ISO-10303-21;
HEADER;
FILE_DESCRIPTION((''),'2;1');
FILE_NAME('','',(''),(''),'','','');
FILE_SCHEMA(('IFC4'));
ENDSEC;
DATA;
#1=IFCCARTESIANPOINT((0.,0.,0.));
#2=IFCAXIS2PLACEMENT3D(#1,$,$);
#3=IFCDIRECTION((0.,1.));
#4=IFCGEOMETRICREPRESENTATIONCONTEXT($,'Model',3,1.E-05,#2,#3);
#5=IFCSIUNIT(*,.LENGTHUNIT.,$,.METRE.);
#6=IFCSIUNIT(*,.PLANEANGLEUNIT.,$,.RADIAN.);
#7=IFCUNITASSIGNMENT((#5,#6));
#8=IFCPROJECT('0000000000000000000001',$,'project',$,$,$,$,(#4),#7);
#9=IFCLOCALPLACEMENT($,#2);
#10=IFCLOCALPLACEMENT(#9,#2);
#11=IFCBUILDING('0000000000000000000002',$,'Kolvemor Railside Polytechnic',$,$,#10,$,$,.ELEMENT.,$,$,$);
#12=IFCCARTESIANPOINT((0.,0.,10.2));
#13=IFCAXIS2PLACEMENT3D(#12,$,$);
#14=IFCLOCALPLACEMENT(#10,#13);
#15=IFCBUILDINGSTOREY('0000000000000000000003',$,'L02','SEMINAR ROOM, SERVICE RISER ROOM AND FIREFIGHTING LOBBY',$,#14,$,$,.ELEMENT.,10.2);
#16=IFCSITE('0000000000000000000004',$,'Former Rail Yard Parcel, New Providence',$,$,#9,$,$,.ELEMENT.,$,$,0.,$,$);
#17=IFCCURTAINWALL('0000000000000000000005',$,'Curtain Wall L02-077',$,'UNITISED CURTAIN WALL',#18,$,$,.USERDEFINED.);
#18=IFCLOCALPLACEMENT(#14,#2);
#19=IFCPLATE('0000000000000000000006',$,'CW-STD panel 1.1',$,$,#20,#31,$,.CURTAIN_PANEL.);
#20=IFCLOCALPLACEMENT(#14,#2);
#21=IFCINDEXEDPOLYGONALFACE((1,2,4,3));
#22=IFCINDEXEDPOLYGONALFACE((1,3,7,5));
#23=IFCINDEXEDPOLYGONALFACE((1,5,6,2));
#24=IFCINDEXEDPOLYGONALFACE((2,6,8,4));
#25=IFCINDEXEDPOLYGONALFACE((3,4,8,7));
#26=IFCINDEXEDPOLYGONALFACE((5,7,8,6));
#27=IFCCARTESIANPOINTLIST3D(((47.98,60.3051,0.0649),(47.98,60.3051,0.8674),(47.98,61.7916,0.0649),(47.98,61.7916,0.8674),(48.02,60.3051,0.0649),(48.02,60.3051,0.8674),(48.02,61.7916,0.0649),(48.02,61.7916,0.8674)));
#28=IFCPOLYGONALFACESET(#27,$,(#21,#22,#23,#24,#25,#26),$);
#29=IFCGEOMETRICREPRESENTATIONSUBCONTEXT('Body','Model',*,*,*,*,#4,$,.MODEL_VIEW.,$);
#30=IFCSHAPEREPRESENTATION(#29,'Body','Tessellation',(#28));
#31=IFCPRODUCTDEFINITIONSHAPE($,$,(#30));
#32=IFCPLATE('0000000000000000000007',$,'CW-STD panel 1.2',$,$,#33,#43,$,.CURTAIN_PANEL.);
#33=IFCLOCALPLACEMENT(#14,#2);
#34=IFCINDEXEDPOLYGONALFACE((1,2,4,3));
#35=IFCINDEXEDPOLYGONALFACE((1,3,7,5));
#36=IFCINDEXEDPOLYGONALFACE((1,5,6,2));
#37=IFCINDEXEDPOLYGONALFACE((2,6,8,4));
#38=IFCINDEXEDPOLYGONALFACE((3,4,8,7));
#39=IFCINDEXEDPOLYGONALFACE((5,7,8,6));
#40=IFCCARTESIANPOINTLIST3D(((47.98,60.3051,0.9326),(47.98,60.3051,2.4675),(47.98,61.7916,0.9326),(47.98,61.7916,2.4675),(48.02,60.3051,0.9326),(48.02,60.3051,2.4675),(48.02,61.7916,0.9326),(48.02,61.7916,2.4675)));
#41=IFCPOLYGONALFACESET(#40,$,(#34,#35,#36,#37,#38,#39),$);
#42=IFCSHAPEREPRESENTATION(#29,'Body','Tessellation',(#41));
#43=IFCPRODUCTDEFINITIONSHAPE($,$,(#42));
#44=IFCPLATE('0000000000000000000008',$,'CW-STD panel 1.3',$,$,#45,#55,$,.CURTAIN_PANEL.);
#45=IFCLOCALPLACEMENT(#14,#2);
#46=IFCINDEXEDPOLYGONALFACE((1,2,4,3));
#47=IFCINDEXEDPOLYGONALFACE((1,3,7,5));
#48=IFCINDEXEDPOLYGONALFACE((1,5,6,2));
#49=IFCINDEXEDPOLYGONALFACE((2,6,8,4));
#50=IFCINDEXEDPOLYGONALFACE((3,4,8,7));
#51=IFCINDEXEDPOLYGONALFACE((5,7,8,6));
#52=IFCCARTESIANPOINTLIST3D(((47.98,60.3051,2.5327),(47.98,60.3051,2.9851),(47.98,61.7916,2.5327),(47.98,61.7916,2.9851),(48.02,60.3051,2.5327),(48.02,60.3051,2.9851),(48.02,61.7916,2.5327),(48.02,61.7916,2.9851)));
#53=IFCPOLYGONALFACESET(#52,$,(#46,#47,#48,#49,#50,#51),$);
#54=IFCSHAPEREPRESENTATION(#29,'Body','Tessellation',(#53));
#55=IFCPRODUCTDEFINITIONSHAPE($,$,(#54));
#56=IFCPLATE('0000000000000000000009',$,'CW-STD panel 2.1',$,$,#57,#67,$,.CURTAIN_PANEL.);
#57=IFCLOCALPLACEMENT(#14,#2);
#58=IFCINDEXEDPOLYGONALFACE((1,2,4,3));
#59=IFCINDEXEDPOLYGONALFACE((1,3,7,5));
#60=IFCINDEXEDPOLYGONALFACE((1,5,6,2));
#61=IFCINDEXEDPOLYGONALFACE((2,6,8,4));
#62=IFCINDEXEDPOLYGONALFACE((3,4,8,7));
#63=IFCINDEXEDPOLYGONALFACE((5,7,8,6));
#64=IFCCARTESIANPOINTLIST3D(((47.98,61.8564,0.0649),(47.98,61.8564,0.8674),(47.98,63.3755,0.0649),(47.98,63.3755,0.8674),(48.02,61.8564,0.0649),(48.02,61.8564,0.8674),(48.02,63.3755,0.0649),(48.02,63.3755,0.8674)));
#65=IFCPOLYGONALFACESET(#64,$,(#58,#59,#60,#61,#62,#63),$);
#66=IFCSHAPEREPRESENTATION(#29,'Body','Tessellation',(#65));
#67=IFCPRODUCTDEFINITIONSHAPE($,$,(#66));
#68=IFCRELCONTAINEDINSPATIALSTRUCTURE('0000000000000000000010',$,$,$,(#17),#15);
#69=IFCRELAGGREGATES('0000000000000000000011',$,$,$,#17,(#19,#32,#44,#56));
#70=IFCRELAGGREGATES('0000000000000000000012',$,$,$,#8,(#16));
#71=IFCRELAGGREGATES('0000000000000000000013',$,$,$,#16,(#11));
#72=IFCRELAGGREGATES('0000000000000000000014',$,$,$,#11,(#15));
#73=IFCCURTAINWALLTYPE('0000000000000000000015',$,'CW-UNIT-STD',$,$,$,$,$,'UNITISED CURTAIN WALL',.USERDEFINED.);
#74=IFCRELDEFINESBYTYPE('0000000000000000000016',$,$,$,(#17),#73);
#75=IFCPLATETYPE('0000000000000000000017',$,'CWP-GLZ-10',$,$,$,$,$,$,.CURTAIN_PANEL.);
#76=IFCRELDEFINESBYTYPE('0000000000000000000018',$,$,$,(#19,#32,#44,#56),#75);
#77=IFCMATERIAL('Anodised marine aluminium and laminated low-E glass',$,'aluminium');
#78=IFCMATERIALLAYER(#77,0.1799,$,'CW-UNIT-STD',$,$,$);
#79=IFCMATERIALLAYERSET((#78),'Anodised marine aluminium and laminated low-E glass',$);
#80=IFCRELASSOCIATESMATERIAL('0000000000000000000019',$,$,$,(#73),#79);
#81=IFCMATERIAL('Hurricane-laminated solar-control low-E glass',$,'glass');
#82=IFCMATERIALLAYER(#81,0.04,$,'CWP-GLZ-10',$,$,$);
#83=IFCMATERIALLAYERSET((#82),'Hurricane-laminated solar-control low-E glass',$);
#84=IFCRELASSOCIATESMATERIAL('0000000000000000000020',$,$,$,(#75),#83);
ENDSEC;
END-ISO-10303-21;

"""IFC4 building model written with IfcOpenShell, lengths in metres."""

from ifc_helpers import new_model, si_unit, direction, frame, origin, origin_2d, place, context, subcontext, project, spatial, rectangle, extrude, material, layer, layer_set, type_object, element, aggregate, save


model = new_model("IFC4")

# Units and contexts
model_context = context("Model", 3, precision=1e-05, world=origin(), true_north=direction((0.0, 1.0)))
body_context = subcontext(model_context, "Body", "Model", "MODEL_VIEW")
ifc_project = project(units=[si_unit("LENGTHUNIT", "METRE"), si_unit("PLANEANGLEUNIT", "RADIAN")], contexts=[model_context])

# Site, building, storey
site_placement = place(None, origin())
site = spatial("IfcSite", under=ifc_project, at=site_placement, Name="Former Rail Yard Parcel, New Providence", CompositionType="ELEMENT", RefElevation=0.0)
building_placement = place(site_placement, origin())
building = spatial("IfcBuilding", under=site, at=building_placement, Name="Kolvemor Railside Polytechnic", CompositionType="ELEMENT")
storey_placement = place(building_placement, frame((0.0, 0.0, 10.2)))
storey = spatial("IfcBuildingStorey", under=building, at=storey_placement, Name="L02", Description="SEMINAR ROOM, SERVICE RISER ROOM AND FIREFIGHTING LOBBY", CompositionType="ELEMENT", Elevation=10.2)

# Curtain wall
ifc_material_1 = material(Name="Anodised marine aluminium and laminated low-E glass", Category="aluminium")
ifc_layer_1 = layer(ifc_material_1, 0.1799, Name="CW-UNIT-STD")
ifc_layer_set_1 = layer_set([ifc_layer_1], Name="Anodised marine aluminium and laminated low-E glass")
curtain_wall_type = type_object("IfcCurtainWallType", Name="CW-UNIT-STD", ElementType="UNITISED CURTAIN WALL", PredefinedType="USERDEFINED", material=ifc_layer_set_1)
curtain_wall_1_placement = place(storey_placement, origin())
curtain_wall_1 = element("IfcCurtainWall", 1, at=curtain_wall_1_placement, inside=storey, type_object=curtain_wall_type, Name="Curtain Wall L02-077", ObjectType="UNITISED CURTAIN WALL", PredefinedType="USERDEFINED")

# Plates
ifc_material_2 = material(Name="Hurricane-laminated solar-control low-E glass", Category="glass")
ifc_layer_2 = layer(ifc_material_2, 0.04, Name="CWP-GLZ-10")
ifc_layer_set_2 = layer_set([ifc_layer_2], Name="Hurricane-laminated solar-control low-E glass")
plate_type_1 = type_object("IfcPlateType", Name="CWP-GLZ-10", PredefinedType="CURTAIN_PANEL", material=ifc_layer_set_2)
plate_1_placement = place(storey_placement, frame((48.0, 61.0483, 0.0649), z_axis=(0.0, 0.0, 1.0), x_axis=(0.0, 1.0, 0.0)))
plate_1 = element("IfcPlate", 2, at=plate_1_placement, type_object=plate_type_1, Name="CW-STD panel 1.1", PredefinedType="CURTAIN_PANEL", context=body_context, shape_type="SweptSolid", body=[
    extrude(rectangle(XDim=1.4866, YDim=0.04, at=origin_2d()), origin(), (0.0, 0.0, 1.0), 0.8025),
])
plate_2_placement = place(storey_placement, frame((48.0, 61.0483, 0.9326), z_axis=(0.0, 0.0, 1.0), x_axis=(0.0, 1.0, 0.0)))
plate_2 = element("IfcPlate", 3, at=plate_2_placement, type_object=plate_type_1, Name="CW-STD panel 1.2", PredefinedType="CURTAIN_PANEL", context=body_context, shape_type="SweptSolid", body=[
    extrude(rectangle(XDim=1.4866, YDim=0.04, at=origin_2d()), origin(), (0.0, 0.0, 1.0), 1.5349),
])
plate_3_placement = place(storey_placement, frame((48.0, 61.0483, 2.5327), z_axis=(0.0, 0.0, 1.0), x_axis=(0.0, 1.0, 0.0)))
plate_3 = element("IfcPlate", 4, at=plate_3_placement, type_object=plate_type_1, Name="CW-STD panel 1.3", PredefinedType="CURTAIN_PANEL", context=body_context, shape_type="SweptSolid", body=[
    extrude(rectangle(XDim=1.4866, YDim=0.04, at=origin_2d()), origin(), (0.0, 0.0, 1.0), 0.4524),
])
plate_4_placement = place(storey_placement, frame((48.0, 62.616, 0.0649), z_axis=(0.0, 0.0, 1.0), x_axis=(0.0, 1.0, 0.0)))
plate_4 = element("IfcPlate", 5, at=plate_4_placement, type_object=plate_type_1, Name="CW-STD panel 2.1", PredefinedType="CURTAIN_PANEL", context=body_context, shape_type="SweptSolid", body=[
    extrude(rectangle(XDim=1.519, YDim=0.04, at=origin_2d()), origin(), (0.0, 0.0, 1.0), 0.8025),
])
aggregate(curtain_wall_1, [plate_1, plate_2, plate_3, plate_4])

save(model, "model.ifc")
